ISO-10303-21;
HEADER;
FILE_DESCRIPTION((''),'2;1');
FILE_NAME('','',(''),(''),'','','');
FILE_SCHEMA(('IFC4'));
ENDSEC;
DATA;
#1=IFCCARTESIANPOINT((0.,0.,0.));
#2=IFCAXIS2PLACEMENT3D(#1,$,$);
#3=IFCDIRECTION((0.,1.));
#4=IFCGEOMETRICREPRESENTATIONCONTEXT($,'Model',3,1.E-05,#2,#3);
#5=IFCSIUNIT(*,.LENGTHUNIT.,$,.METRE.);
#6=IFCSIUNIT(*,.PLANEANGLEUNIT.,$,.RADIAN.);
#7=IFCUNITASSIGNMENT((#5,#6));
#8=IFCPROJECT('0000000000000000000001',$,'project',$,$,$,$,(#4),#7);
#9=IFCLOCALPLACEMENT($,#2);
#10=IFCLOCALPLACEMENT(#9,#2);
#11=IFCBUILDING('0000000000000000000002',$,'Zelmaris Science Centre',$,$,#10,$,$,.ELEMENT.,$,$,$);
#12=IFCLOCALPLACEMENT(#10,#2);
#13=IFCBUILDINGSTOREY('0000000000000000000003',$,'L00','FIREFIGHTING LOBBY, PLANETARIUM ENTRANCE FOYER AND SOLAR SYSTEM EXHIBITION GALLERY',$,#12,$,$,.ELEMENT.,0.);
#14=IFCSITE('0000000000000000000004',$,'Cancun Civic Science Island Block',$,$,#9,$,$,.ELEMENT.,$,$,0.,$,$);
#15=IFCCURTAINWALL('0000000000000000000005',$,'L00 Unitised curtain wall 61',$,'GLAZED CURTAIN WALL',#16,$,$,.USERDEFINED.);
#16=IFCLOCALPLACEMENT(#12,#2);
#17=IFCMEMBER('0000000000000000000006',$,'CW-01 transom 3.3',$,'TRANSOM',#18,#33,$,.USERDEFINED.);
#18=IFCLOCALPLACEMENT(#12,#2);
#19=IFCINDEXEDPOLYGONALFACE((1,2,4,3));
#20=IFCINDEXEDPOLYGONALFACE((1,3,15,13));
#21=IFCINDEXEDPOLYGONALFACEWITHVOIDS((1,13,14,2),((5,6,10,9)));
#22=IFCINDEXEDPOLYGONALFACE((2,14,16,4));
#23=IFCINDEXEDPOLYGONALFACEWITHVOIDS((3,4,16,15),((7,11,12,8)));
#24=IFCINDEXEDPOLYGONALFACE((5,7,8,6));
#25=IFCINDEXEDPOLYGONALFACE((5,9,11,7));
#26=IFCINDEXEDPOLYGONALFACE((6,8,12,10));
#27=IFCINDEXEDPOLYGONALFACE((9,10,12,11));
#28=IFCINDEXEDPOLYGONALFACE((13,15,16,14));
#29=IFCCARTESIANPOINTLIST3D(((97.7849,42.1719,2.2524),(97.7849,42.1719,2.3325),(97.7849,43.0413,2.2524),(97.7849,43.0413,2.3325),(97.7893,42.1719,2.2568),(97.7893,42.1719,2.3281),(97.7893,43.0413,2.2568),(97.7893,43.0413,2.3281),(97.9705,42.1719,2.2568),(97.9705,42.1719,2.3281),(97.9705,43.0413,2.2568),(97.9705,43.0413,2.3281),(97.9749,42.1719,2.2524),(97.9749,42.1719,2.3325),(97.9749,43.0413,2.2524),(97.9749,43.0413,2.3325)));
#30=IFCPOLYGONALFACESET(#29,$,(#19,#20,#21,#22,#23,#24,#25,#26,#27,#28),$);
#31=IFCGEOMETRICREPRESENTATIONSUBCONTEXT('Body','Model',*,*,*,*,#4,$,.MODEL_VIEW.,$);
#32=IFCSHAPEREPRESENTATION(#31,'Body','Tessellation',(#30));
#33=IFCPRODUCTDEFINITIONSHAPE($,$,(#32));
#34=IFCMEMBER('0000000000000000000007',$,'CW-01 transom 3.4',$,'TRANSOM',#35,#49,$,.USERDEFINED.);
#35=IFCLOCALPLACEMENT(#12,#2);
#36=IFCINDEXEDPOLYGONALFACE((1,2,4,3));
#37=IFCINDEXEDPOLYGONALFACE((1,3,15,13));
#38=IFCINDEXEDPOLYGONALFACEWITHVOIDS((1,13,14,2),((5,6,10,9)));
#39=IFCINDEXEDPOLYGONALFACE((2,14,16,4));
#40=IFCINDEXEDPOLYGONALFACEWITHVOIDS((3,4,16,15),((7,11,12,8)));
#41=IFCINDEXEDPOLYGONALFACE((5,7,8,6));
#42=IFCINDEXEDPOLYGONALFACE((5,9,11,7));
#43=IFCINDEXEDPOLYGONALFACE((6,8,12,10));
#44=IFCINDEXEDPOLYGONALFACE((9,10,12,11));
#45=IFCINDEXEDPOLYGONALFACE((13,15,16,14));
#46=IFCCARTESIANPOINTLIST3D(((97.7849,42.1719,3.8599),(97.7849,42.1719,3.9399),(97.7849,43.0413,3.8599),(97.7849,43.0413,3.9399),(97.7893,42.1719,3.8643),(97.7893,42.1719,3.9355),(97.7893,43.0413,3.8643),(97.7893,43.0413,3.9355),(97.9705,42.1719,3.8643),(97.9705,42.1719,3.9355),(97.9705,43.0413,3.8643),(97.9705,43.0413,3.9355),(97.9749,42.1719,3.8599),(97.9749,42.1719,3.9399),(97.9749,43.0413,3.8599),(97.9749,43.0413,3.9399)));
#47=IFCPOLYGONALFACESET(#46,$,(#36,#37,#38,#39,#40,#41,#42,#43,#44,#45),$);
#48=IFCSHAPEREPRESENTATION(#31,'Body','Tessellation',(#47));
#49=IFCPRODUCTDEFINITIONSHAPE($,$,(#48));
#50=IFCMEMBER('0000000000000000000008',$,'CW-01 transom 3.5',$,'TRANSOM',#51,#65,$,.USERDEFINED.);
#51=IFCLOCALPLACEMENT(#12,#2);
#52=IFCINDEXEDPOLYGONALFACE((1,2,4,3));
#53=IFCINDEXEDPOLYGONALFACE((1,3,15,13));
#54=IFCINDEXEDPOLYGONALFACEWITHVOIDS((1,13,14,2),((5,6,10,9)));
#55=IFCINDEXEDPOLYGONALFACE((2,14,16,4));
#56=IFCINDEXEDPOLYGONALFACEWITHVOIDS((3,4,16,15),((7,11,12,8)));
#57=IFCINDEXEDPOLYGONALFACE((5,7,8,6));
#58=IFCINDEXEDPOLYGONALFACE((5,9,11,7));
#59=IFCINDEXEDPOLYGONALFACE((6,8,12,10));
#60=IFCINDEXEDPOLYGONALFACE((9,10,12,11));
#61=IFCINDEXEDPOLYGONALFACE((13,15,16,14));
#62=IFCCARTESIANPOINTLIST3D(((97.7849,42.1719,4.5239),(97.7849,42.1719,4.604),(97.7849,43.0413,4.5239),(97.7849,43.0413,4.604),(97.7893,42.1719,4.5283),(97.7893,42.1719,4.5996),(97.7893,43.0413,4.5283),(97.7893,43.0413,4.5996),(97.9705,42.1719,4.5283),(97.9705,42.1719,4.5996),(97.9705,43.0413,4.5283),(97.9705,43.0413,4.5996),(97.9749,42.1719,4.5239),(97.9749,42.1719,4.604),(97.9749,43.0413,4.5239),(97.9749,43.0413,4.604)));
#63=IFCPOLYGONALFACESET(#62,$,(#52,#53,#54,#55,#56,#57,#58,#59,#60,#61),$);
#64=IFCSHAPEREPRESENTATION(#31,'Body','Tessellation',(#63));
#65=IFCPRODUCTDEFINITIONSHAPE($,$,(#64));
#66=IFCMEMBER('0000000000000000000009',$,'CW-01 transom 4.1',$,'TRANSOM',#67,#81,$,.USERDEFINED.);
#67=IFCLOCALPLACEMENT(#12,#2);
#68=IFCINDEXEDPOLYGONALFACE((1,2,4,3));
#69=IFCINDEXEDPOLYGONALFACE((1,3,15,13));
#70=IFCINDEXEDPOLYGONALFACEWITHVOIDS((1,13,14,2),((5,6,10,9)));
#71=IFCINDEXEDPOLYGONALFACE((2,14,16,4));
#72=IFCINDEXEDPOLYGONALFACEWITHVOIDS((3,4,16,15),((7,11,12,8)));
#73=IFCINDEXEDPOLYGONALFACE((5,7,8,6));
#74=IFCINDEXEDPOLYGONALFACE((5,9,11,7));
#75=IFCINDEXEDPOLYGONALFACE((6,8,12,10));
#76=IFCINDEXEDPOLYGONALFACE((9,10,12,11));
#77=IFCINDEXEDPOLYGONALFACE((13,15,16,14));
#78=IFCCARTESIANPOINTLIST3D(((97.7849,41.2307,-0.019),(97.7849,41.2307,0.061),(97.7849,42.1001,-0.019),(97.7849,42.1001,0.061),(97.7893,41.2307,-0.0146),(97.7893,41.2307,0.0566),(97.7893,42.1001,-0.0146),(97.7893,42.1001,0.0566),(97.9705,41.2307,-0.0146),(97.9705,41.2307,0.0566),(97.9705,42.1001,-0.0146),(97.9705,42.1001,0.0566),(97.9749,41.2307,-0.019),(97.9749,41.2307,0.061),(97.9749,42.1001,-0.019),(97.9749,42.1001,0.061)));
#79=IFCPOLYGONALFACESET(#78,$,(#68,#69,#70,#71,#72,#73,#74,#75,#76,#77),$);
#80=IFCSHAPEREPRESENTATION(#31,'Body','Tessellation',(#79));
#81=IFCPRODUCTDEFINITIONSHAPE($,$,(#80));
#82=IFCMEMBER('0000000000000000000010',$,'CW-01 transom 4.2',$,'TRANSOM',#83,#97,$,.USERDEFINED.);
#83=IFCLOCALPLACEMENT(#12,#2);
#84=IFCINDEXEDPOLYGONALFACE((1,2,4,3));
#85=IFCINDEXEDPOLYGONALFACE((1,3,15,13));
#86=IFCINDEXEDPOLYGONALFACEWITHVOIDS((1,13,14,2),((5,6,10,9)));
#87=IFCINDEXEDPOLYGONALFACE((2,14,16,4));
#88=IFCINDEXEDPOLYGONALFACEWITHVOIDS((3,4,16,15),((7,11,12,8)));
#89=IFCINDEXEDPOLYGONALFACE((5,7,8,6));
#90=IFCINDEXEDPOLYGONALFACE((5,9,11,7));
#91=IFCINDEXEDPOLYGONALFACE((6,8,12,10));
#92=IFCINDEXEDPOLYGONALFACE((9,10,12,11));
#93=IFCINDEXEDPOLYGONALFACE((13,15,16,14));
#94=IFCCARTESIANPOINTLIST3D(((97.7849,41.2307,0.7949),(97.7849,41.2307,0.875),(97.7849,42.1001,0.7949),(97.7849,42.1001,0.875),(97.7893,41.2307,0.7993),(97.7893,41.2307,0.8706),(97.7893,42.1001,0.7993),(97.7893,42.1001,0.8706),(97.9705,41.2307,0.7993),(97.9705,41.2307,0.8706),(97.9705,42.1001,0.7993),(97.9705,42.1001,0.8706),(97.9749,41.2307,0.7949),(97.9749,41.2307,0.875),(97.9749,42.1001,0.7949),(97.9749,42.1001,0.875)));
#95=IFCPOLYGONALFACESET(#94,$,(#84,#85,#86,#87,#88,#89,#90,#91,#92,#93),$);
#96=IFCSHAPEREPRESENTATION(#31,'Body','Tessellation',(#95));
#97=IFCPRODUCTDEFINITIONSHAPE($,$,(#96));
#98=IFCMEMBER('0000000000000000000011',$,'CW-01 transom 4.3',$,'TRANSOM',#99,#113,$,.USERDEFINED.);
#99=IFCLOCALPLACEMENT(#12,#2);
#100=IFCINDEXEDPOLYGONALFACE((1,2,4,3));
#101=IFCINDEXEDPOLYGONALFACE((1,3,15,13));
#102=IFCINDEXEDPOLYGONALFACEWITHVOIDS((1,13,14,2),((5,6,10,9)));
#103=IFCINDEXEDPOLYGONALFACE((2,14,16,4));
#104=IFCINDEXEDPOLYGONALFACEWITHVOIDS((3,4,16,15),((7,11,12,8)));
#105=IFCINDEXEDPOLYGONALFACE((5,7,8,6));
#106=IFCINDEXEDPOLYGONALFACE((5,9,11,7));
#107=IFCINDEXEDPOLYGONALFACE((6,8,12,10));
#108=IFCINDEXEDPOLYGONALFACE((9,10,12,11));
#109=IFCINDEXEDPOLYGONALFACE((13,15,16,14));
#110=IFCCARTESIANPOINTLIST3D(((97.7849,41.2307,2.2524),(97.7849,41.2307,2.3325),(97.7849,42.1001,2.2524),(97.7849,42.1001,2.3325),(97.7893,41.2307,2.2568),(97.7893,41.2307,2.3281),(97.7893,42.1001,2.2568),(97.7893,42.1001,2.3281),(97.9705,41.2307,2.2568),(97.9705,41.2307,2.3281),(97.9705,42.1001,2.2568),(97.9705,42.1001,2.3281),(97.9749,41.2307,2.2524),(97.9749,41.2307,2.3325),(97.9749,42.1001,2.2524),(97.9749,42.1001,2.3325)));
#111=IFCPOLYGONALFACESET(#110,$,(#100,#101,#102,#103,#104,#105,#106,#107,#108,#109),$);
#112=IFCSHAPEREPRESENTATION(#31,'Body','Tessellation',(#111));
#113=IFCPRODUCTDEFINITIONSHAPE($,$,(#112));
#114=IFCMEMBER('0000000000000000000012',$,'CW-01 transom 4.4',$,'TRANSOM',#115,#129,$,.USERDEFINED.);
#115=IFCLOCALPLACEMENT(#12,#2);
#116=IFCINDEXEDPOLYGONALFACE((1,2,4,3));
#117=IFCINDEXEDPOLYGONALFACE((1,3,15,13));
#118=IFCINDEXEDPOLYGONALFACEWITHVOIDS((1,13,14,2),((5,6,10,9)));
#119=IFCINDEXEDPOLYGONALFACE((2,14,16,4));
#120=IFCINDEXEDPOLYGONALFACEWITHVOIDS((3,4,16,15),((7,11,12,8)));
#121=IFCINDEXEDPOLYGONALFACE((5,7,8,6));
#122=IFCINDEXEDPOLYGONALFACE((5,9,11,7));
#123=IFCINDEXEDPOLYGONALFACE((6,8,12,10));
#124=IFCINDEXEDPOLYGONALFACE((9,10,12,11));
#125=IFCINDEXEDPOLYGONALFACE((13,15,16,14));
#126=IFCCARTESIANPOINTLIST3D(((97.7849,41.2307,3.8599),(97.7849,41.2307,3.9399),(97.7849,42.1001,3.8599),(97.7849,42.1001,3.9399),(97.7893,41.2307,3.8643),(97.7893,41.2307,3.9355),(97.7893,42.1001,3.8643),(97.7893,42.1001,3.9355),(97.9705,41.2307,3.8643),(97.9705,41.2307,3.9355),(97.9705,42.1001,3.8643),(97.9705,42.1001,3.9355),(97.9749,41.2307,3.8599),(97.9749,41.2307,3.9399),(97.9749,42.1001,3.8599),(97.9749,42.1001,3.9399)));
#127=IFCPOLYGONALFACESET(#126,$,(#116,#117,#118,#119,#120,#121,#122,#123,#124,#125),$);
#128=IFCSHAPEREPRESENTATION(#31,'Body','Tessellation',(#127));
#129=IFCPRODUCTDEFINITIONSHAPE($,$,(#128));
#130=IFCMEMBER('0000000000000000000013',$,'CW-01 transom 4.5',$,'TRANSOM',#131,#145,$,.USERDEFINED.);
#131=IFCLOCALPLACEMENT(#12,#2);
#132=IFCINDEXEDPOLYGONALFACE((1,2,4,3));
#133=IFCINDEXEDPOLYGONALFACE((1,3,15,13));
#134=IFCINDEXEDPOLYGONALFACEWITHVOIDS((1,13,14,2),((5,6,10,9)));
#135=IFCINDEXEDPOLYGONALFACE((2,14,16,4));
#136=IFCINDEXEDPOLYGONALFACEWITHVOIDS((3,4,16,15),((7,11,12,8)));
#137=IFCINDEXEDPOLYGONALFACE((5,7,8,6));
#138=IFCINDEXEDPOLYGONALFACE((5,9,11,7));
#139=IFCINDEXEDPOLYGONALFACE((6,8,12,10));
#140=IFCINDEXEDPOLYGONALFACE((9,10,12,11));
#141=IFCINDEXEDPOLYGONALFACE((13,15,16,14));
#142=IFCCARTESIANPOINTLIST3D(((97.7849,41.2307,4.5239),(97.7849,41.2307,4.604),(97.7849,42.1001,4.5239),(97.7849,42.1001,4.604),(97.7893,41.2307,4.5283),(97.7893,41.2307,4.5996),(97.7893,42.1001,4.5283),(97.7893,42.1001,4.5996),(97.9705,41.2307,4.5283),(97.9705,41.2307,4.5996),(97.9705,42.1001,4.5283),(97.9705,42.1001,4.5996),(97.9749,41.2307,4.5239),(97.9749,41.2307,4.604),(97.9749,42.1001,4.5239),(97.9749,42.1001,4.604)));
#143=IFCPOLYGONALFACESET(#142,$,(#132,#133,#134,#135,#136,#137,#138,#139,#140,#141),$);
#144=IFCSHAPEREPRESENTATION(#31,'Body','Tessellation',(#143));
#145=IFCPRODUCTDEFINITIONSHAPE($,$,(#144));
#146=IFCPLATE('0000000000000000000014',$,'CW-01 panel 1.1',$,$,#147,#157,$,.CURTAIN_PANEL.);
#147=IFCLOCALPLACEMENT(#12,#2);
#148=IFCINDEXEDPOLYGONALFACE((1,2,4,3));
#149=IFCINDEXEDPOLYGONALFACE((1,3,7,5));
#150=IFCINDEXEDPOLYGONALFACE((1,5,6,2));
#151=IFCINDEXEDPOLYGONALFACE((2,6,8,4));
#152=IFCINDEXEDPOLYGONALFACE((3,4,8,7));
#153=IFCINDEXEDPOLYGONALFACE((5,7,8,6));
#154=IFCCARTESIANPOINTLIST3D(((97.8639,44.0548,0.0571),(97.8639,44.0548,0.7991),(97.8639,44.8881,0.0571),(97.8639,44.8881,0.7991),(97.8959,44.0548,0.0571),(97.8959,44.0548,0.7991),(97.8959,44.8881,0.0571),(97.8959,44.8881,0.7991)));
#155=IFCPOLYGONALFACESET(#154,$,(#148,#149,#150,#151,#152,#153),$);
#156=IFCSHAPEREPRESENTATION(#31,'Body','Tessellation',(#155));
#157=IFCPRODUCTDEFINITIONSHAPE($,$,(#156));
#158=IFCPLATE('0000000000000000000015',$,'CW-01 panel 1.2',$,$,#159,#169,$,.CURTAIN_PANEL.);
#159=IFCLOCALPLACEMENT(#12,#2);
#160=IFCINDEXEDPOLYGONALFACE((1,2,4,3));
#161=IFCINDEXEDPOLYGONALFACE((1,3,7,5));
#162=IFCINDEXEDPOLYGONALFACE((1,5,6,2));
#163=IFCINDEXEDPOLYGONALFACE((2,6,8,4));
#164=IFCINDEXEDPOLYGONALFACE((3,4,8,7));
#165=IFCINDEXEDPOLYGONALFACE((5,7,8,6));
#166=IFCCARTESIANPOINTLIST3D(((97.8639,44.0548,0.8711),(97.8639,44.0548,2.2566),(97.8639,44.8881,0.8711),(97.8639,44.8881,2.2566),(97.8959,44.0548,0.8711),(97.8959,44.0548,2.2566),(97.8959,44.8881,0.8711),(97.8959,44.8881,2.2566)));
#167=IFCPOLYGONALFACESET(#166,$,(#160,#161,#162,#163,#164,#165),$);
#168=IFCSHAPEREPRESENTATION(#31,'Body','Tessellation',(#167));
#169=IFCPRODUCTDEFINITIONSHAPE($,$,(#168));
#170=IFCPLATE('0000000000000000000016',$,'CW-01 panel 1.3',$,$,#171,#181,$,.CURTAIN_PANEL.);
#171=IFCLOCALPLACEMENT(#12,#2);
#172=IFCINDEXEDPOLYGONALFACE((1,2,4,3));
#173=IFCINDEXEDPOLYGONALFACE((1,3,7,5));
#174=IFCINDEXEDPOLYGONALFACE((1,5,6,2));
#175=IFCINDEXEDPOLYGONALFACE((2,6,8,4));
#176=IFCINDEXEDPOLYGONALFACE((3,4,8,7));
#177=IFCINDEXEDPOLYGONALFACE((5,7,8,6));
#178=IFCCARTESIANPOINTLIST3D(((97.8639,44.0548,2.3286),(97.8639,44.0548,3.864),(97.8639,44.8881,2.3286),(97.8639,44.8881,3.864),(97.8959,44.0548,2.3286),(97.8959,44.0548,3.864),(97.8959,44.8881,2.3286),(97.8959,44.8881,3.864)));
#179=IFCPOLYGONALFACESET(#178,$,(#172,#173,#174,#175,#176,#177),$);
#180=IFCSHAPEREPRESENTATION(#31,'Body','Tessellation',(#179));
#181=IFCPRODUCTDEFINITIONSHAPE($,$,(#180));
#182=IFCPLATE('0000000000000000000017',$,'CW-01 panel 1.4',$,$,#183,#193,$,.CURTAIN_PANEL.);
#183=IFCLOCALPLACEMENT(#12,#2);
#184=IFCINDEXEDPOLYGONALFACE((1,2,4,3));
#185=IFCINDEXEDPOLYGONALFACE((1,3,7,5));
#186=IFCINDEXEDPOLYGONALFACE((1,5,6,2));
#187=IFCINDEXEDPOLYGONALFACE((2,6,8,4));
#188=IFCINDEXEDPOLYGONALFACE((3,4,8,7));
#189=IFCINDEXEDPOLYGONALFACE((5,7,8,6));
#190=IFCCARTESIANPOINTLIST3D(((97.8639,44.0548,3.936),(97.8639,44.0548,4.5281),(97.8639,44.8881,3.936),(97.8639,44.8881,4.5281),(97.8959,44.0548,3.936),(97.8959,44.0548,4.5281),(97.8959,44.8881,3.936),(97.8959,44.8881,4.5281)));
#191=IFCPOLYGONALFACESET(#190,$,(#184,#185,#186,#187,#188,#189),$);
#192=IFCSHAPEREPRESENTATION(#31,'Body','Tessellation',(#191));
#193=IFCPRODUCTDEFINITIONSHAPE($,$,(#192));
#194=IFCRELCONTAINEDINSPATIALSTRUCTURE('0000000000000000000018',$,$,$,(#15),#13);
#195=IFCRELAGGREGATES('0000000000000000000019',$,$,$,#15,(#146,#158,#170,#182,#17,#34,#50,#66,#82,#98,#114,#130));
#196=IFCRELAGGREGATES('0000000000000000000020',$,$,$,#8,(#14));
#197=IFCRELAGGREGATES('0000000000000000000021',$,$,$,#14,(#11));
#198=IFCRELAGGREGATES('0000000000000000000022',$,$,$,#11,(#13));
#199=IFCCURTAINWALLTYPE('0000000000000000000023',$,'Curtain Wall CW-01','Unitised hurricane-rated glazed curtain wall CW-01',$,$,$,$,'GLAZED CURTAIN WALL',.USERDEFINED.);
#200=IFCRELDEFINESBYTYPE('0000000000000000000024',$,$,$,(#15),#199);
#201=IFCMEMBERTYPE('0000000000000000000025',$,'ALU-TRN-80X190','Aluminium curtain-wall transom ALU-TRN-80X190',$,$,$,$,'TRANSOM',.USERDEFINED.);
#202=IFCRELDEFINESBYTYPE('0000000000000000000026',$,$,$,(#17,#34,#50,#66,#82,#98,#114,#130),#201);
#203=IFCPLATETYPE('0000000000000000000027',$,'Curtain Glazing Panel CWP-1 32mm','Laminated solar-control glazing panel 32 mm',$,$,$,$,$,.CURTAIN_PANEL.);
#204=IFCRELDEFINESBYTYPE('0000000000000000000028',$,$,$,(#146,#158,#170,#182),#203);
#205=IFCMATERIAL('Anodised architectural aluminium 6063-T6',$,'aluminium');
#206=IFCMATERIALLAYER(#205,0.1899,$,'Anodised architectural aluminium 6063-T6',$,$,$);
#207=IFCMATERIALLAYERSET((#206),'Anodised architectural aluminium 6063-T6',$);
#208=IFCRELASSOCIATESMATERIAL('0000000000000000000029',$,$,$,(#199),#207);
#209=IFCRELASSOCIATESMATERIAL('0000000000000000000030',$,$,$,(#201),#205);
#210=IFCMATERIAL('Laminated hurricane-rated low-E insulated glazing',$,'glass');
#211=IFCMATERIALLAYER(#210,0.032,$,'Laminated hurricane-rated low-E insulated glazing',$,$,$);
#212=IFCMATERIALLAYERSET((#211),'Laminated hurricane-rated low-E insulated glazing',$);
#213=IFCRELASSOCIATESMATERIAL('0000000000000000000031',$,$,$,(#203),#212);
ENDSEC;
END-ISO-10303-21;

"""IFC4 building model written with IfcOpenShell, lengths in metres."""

from ifc_helpers import new_model, si_unit, direction, frame, origin, origin_2d, place, context, subcontext, project, spatial, rectangle, hollow_rectangle, extrude, material, layer, layer_set, material_profile, profile_set, type_object, element, aggregate, save


model = new_model("IFC4")

# Units and contexts
model_context = context("Model", 3, precision=1e-05, world=origin(), true_north=direction((0.0, 1.0)))
body_context = subcontext(model_context, "Body", "Model", "MODEL_VIEW")
ifc_project = project(units=[si_unit("LENGTHUNIT", "METRE"), si_unit("PLANEANGLEUNIT", "RADIAN")], contexts=[model_context])

# Site, building, storey
site_placement = place(None, origin())
site = spatial("IfcSite", under=ifc_project, at=site_placement, Name="Cancun Civic Science Island Block", CompositionType="ELEMENT", RefElevation=0.0)
building_placement = place(site_placement, origin())
building = spatial("IfcBuilding", under=site, at=building_placement, Name="Zelmaris Science Centre", CompositionType="ELEMENT")
storey_placement = place(building_placement, origin())
storey = spatial("IfcBuildingStorey", under=building, at=storey_placement, Name="L00", Description="FIREFIGHTING LOBBY, PLANETARIUM ENTRANCE FOYER AND SOLAR SYSTEM EXHIBITION GALLERY", CompositionType="ELEMENT", Elevation=0.0)

# Curtain wall, members, plates
ifc_material_1 = material(Name="Anodised architectural aluminium 6063-T6", Category="aluminium")
ifc_layer_1 = layer(ifc_material_1, 0.1899, Name="Anodised architectural aluminium 6063-T6")
ifc_layer_set_1 = layer_set([ifc_layer_1], Name="Anodised architectural aluminium 6063-T6")
curtain_wall_type = type_object("IfcCurtainWallType", Name="Curtain Wall CW-01", Description="Unitised hurricane-rated glazed curtain wall CW-01", ElementType="GLAZED CURTAIN WALL", PredefinedType="USERDEFINED", material=ifc_layer_set_1)
curtain_wall_placement = place(storey_placement, origin())
curtain_wall = element("IfcCurtainWall", 1, at=curtain_wall_placement, inside=storey, type_object=curtain_wall_type, Name="L00 Unitised curtain wall 61", ObjectType="GLAZED CURTAIN WALL", PredefinedType="USERDEFINED")
ifc_material_profile_1 = material_profile(ifc_material_1, hollow_rectangle(XDim=0.0801, YDim=0.1899, WallThickness=0.0044, at=origin_2d()), Name="ALU-TRN-80X190")
ifc_profile_set_1 = profile_set([ifc_material_profile_1], Name="Anodised architectural aluminium 6063-T6")
member_type_1 = type_object("IfcMemberType", Name="ALU-TRN-80X190", Description="Aluminium curtain-wall transom ALU-TRN-80X190", ElementType="TRANSOM", PredefinedType="USERDEFINED", material=ifc_profile_set_1)
member_1_placement = place(storey_placement, frame((97.8799, 43.0413, 2.2925), z_axis=(0.0, -1.0, 0.0), x_axis=(0.0, 0.0, 1.0)))
member_1 = element("IfcMember", 2, at=member_1_placement, type_object=member_type_1, Name="CW-01 transom 3.3", ObjectType="TRANSOM", PredefinedType="USERDEFINED", context=body_context, shape_type="SweptSolid", body=[
    extrude(hollow_rectangle(XDim=0.0801, YDim=0.1899, WallThickness=0.0044, at=origin_2d()), origin(), (0.0, 0.0, 1.0), 0.8694),
])
member_2_placement = place(storey_placement, frame((97.8799, 43.0413, 3.8999), z_axis=(0.0, -1.0, 0.0), x_axis=(0.0, 0.0, 1.0)))
member_2 = element("IfcMember", 3, at=member_2_placement, type_object=member_type_1, Name="CW-01 transom 3.4", ObjectType="TRANSOM", PredefinedType="USERDEFINED", context=body_context, shape_type="SweptSolid", body=[
    extrude(hollow_rectangle(XDim=0.0801, YDim=0.1899, WallThickness=0.0044, at=origin_2d()), origin(), (0.0, 0.0, 1.0), 0.8694),
])
member_3_placement = place(storey_placement, frame((97.8799, 43.0413, 4.564), z_axis=(0.0, -1.0, 0.0), x_axis=(0.0, 0.0, 1.0)))
member_3 = element("IfcMember", 4, at=member_3_placement, type_object=member_type_1, Name="CW-01 transom 3.5", ObjectType="TRANSOM", PredefinedType="USERDEFINED", context=body_context, shape_type="SweptSolid", body=[
    extrude(hollow_rectangle(XDim=0.0801, YDim=0.1899, WallThickness=0.0044, at=origin_2d()), origin(), (0.0, 0.0, 1.0), 0.8694),
])
member_4_placement = place(storey_placement, frame((97.8799, 42.1001, 0.021), z_axis=(0.0, -1.0, 0.0), x_axis=(0.0, 0.0, 1.0)))
member_4 = element("IfcMember", 5, at=member_4_placement, type_object=member_type_1, Name="CW-01 transom 4.1", ObjectType="TRANSOM", PredefinedType="USERDEFINED", context=body_context, shape_type="SweptSolid", body=[
    extrude(hollow_rectangle(XDim=0.0801, YDim=0.1899, WallThickness=0.0044, at=origin_2d()), origin(), (0.0, 0.0, 1.0), 0.8694),
])
member_5_placement = place(storey_placement, frame((97.8799, 42.1001, 0.835), z_axis=(0.0, -1.0, 0.0), x_axis=(0.0, 0.0, 1.0)))
member_5 = element("IfcMember", 6, at=member_5_placement, type_object=member_type_1, Name="CW-01 transom 4.2", ObjectType="TRANSOM", PredefinedType="USERDEFINED", context=body_context, shape_type="SweptSolid", body=[
    extrude(hollow_rectangle(XDim=0.0801, YDim=0.1899, WallThickness=0.0044, at=origin_2d()), origin(), (0.0, 0.0, 1.0), 0.8694),
])
member_6_placement = place(storey_placement, frame((97.8799, 42.1001, 2.2925), z_axis=(0.0, -1.0, 0.0), x_axis=(0.0, 0.0, 1.0)))
member_6 = element("IfcMember", 7, at=member_6_placement, type_object=member_type_1, Name="CW-01 transom 4.3", ObjectType="TRANSOM", PredefinedType="USERDEFINED", context=body_context, shape_type="SweptSolid", body=[
    extrude(hollow_rectangle(XDim=0.0801, YDim=0.1899, WallThickness=0.0044, at=origin_2d()), origin(), (0.0, 0.0, 1.0), 0.8694),
])
member_7_placement = place(storey_placement, frame((97.8799, 42.1001, 3.8999), z_axis=(0.0, -1.0, 0.0), x_axis=(0.0, 0.0, 1.0)))
member_7 = element("IfcMember", 8, at=member_7_placement, type_object=member_type_1, Name="CW-01 transom 4.4", ObjectType="TRANSOM", PredefinedType="USERDEFINED", context=body_context, shape_type="SweptSolid", body=[
    extrude(hollow_rectangle(XDim=0.0801, YDim=0.1899, WallThickness=0.0044, at=origin_2d()), origin(), (0.0, 0.0, 1.0), 0.8694),
])
member_8_placement = place(storey_placement, frame((97.8799, 42.1001, 4.564), z_axis=(0.0, -1.0, 0.0), x_axis=(0.0, 0.0, 1.0)))
member_8 = element("IfcMember", 9, at=member_8_placement, type_object=member_type_1, Name="CW-01 transom 4.5", ObjectType="TRANSOM", PredefinedType="USERDEFINED", context=body_context, shape_type="SweptSolid", body=[
    extrude(hollow_rectangle(XDim=0.0801, YDim=0.1899, WallThickness=0.0044, at=origin_2d()), origin(), (0.0, 0.0, 1.0), 0.8694),
])
ifc_material_2 = material(Name="Laminated hurricane-rated low-E insulated glazing", Category="glass")
ifc_layer_2 = layer(ifc_material_2, 0.032, Name="Laminated hurricane-rated low-E insulated glazing")
ifc_layer_set_2 = layer_set([ifc_layer_2], Name="Laminated hurricane-rated low-E insulated glazing")
plate_type = type_object("IfcPlateType", Name="Curtain Glazing Panel CWP-1 32mm", Description="Laminated solar-control glazing panel 32 mm", PredefinedType="CURTAIN_PANEL", material=ifc_layer_set_2)
plate_1_placement = place(storey_placement, frame((97.8799, 44.4714, 0.0571), z_axis=(0.0, 0.0, 1.0), x_axis=(0.000021, -1.0, 0.0)))
plate_1 = element("IfcPlate", 10, at=plate_1_placement, type_object=plate_type, Name="CW-01 panel 1.1", PredefinedType="CURTAIN_PANEL", context=body_context, shape_type="SweptSolid", body=[
    extrude(rectangle(XDim=0.8333, YDim=0.032, at=origin_2d()), origin(), (0.0, 0.0, 1.0), 0.7419),
])
plate_2_placement = place(storey_placement, frame((97.8799, 44.4714, 0.8711), z_axis=(0.0, 0.0, 1.0), x_axis=(0.000021, -1.0, 0.0)))
plate_2 = element("IfcPlate", 11, at=plate_2_placement, type_object=plate_type, Name="CW-01 panel 1.2", PredefinedType="CURTAIN_PANEL", context=body_context, shape_type="SweptSolid", body=[
    extrude(rectangle(XDim=0.8333, YDim=0.032, at=origin_2d()), origin(), (0.0, 0.0, 1.0), 1.3855),
])
plate_3_placement = place(storey_placement, frame((97.8799, 44.4714, 2.3286), z_axis=(0.0, 0.0, 1.0), x_axis=(0.000021, -1.0, 0.0)))
plate_3 = element("IfcPlate", 12, at=plate_3_placement, type_object=plate_type, Name="CW-01 panel 1.3", PredefinedType="CURTAIN_PANEL", context=body_context, shape_type="SweptSolid", body=[
    extrude(rectangle(XDim=0.8333, YDim=0.032, at=origin_2d()), origin(), (0.0, 0.0, 1.0), 1.5354),
])
plate_4_placement = place(storey_placement, frame((97.8799, 44.4714, 3.936), z_axis=(0.0, 0.0, 1.0), x_axis=(0.000021, -1.0, 0.0)))
plate_4 = element("IfcPlate", 13, at=plate_4_placement, type_object=plate_type, Name="CW-01 panel 1.4", PredefinedType="CURTAIN_PANEL", context=body_context, shape_type="SweptSolid", body=[
    extrude(rectangle(XDim=0.8333, YDim=0.032, at=origin_2d()), origin(), (0.0, 0.0, 1.0), 0.592),
])
aggregate(curtain_wall, [plate_1, plate_2, plate_3, plate_4, member_1, member_2, member_3, member_4, member_5, member_6, member_7, member_8])

save(model, "model.ifc")
